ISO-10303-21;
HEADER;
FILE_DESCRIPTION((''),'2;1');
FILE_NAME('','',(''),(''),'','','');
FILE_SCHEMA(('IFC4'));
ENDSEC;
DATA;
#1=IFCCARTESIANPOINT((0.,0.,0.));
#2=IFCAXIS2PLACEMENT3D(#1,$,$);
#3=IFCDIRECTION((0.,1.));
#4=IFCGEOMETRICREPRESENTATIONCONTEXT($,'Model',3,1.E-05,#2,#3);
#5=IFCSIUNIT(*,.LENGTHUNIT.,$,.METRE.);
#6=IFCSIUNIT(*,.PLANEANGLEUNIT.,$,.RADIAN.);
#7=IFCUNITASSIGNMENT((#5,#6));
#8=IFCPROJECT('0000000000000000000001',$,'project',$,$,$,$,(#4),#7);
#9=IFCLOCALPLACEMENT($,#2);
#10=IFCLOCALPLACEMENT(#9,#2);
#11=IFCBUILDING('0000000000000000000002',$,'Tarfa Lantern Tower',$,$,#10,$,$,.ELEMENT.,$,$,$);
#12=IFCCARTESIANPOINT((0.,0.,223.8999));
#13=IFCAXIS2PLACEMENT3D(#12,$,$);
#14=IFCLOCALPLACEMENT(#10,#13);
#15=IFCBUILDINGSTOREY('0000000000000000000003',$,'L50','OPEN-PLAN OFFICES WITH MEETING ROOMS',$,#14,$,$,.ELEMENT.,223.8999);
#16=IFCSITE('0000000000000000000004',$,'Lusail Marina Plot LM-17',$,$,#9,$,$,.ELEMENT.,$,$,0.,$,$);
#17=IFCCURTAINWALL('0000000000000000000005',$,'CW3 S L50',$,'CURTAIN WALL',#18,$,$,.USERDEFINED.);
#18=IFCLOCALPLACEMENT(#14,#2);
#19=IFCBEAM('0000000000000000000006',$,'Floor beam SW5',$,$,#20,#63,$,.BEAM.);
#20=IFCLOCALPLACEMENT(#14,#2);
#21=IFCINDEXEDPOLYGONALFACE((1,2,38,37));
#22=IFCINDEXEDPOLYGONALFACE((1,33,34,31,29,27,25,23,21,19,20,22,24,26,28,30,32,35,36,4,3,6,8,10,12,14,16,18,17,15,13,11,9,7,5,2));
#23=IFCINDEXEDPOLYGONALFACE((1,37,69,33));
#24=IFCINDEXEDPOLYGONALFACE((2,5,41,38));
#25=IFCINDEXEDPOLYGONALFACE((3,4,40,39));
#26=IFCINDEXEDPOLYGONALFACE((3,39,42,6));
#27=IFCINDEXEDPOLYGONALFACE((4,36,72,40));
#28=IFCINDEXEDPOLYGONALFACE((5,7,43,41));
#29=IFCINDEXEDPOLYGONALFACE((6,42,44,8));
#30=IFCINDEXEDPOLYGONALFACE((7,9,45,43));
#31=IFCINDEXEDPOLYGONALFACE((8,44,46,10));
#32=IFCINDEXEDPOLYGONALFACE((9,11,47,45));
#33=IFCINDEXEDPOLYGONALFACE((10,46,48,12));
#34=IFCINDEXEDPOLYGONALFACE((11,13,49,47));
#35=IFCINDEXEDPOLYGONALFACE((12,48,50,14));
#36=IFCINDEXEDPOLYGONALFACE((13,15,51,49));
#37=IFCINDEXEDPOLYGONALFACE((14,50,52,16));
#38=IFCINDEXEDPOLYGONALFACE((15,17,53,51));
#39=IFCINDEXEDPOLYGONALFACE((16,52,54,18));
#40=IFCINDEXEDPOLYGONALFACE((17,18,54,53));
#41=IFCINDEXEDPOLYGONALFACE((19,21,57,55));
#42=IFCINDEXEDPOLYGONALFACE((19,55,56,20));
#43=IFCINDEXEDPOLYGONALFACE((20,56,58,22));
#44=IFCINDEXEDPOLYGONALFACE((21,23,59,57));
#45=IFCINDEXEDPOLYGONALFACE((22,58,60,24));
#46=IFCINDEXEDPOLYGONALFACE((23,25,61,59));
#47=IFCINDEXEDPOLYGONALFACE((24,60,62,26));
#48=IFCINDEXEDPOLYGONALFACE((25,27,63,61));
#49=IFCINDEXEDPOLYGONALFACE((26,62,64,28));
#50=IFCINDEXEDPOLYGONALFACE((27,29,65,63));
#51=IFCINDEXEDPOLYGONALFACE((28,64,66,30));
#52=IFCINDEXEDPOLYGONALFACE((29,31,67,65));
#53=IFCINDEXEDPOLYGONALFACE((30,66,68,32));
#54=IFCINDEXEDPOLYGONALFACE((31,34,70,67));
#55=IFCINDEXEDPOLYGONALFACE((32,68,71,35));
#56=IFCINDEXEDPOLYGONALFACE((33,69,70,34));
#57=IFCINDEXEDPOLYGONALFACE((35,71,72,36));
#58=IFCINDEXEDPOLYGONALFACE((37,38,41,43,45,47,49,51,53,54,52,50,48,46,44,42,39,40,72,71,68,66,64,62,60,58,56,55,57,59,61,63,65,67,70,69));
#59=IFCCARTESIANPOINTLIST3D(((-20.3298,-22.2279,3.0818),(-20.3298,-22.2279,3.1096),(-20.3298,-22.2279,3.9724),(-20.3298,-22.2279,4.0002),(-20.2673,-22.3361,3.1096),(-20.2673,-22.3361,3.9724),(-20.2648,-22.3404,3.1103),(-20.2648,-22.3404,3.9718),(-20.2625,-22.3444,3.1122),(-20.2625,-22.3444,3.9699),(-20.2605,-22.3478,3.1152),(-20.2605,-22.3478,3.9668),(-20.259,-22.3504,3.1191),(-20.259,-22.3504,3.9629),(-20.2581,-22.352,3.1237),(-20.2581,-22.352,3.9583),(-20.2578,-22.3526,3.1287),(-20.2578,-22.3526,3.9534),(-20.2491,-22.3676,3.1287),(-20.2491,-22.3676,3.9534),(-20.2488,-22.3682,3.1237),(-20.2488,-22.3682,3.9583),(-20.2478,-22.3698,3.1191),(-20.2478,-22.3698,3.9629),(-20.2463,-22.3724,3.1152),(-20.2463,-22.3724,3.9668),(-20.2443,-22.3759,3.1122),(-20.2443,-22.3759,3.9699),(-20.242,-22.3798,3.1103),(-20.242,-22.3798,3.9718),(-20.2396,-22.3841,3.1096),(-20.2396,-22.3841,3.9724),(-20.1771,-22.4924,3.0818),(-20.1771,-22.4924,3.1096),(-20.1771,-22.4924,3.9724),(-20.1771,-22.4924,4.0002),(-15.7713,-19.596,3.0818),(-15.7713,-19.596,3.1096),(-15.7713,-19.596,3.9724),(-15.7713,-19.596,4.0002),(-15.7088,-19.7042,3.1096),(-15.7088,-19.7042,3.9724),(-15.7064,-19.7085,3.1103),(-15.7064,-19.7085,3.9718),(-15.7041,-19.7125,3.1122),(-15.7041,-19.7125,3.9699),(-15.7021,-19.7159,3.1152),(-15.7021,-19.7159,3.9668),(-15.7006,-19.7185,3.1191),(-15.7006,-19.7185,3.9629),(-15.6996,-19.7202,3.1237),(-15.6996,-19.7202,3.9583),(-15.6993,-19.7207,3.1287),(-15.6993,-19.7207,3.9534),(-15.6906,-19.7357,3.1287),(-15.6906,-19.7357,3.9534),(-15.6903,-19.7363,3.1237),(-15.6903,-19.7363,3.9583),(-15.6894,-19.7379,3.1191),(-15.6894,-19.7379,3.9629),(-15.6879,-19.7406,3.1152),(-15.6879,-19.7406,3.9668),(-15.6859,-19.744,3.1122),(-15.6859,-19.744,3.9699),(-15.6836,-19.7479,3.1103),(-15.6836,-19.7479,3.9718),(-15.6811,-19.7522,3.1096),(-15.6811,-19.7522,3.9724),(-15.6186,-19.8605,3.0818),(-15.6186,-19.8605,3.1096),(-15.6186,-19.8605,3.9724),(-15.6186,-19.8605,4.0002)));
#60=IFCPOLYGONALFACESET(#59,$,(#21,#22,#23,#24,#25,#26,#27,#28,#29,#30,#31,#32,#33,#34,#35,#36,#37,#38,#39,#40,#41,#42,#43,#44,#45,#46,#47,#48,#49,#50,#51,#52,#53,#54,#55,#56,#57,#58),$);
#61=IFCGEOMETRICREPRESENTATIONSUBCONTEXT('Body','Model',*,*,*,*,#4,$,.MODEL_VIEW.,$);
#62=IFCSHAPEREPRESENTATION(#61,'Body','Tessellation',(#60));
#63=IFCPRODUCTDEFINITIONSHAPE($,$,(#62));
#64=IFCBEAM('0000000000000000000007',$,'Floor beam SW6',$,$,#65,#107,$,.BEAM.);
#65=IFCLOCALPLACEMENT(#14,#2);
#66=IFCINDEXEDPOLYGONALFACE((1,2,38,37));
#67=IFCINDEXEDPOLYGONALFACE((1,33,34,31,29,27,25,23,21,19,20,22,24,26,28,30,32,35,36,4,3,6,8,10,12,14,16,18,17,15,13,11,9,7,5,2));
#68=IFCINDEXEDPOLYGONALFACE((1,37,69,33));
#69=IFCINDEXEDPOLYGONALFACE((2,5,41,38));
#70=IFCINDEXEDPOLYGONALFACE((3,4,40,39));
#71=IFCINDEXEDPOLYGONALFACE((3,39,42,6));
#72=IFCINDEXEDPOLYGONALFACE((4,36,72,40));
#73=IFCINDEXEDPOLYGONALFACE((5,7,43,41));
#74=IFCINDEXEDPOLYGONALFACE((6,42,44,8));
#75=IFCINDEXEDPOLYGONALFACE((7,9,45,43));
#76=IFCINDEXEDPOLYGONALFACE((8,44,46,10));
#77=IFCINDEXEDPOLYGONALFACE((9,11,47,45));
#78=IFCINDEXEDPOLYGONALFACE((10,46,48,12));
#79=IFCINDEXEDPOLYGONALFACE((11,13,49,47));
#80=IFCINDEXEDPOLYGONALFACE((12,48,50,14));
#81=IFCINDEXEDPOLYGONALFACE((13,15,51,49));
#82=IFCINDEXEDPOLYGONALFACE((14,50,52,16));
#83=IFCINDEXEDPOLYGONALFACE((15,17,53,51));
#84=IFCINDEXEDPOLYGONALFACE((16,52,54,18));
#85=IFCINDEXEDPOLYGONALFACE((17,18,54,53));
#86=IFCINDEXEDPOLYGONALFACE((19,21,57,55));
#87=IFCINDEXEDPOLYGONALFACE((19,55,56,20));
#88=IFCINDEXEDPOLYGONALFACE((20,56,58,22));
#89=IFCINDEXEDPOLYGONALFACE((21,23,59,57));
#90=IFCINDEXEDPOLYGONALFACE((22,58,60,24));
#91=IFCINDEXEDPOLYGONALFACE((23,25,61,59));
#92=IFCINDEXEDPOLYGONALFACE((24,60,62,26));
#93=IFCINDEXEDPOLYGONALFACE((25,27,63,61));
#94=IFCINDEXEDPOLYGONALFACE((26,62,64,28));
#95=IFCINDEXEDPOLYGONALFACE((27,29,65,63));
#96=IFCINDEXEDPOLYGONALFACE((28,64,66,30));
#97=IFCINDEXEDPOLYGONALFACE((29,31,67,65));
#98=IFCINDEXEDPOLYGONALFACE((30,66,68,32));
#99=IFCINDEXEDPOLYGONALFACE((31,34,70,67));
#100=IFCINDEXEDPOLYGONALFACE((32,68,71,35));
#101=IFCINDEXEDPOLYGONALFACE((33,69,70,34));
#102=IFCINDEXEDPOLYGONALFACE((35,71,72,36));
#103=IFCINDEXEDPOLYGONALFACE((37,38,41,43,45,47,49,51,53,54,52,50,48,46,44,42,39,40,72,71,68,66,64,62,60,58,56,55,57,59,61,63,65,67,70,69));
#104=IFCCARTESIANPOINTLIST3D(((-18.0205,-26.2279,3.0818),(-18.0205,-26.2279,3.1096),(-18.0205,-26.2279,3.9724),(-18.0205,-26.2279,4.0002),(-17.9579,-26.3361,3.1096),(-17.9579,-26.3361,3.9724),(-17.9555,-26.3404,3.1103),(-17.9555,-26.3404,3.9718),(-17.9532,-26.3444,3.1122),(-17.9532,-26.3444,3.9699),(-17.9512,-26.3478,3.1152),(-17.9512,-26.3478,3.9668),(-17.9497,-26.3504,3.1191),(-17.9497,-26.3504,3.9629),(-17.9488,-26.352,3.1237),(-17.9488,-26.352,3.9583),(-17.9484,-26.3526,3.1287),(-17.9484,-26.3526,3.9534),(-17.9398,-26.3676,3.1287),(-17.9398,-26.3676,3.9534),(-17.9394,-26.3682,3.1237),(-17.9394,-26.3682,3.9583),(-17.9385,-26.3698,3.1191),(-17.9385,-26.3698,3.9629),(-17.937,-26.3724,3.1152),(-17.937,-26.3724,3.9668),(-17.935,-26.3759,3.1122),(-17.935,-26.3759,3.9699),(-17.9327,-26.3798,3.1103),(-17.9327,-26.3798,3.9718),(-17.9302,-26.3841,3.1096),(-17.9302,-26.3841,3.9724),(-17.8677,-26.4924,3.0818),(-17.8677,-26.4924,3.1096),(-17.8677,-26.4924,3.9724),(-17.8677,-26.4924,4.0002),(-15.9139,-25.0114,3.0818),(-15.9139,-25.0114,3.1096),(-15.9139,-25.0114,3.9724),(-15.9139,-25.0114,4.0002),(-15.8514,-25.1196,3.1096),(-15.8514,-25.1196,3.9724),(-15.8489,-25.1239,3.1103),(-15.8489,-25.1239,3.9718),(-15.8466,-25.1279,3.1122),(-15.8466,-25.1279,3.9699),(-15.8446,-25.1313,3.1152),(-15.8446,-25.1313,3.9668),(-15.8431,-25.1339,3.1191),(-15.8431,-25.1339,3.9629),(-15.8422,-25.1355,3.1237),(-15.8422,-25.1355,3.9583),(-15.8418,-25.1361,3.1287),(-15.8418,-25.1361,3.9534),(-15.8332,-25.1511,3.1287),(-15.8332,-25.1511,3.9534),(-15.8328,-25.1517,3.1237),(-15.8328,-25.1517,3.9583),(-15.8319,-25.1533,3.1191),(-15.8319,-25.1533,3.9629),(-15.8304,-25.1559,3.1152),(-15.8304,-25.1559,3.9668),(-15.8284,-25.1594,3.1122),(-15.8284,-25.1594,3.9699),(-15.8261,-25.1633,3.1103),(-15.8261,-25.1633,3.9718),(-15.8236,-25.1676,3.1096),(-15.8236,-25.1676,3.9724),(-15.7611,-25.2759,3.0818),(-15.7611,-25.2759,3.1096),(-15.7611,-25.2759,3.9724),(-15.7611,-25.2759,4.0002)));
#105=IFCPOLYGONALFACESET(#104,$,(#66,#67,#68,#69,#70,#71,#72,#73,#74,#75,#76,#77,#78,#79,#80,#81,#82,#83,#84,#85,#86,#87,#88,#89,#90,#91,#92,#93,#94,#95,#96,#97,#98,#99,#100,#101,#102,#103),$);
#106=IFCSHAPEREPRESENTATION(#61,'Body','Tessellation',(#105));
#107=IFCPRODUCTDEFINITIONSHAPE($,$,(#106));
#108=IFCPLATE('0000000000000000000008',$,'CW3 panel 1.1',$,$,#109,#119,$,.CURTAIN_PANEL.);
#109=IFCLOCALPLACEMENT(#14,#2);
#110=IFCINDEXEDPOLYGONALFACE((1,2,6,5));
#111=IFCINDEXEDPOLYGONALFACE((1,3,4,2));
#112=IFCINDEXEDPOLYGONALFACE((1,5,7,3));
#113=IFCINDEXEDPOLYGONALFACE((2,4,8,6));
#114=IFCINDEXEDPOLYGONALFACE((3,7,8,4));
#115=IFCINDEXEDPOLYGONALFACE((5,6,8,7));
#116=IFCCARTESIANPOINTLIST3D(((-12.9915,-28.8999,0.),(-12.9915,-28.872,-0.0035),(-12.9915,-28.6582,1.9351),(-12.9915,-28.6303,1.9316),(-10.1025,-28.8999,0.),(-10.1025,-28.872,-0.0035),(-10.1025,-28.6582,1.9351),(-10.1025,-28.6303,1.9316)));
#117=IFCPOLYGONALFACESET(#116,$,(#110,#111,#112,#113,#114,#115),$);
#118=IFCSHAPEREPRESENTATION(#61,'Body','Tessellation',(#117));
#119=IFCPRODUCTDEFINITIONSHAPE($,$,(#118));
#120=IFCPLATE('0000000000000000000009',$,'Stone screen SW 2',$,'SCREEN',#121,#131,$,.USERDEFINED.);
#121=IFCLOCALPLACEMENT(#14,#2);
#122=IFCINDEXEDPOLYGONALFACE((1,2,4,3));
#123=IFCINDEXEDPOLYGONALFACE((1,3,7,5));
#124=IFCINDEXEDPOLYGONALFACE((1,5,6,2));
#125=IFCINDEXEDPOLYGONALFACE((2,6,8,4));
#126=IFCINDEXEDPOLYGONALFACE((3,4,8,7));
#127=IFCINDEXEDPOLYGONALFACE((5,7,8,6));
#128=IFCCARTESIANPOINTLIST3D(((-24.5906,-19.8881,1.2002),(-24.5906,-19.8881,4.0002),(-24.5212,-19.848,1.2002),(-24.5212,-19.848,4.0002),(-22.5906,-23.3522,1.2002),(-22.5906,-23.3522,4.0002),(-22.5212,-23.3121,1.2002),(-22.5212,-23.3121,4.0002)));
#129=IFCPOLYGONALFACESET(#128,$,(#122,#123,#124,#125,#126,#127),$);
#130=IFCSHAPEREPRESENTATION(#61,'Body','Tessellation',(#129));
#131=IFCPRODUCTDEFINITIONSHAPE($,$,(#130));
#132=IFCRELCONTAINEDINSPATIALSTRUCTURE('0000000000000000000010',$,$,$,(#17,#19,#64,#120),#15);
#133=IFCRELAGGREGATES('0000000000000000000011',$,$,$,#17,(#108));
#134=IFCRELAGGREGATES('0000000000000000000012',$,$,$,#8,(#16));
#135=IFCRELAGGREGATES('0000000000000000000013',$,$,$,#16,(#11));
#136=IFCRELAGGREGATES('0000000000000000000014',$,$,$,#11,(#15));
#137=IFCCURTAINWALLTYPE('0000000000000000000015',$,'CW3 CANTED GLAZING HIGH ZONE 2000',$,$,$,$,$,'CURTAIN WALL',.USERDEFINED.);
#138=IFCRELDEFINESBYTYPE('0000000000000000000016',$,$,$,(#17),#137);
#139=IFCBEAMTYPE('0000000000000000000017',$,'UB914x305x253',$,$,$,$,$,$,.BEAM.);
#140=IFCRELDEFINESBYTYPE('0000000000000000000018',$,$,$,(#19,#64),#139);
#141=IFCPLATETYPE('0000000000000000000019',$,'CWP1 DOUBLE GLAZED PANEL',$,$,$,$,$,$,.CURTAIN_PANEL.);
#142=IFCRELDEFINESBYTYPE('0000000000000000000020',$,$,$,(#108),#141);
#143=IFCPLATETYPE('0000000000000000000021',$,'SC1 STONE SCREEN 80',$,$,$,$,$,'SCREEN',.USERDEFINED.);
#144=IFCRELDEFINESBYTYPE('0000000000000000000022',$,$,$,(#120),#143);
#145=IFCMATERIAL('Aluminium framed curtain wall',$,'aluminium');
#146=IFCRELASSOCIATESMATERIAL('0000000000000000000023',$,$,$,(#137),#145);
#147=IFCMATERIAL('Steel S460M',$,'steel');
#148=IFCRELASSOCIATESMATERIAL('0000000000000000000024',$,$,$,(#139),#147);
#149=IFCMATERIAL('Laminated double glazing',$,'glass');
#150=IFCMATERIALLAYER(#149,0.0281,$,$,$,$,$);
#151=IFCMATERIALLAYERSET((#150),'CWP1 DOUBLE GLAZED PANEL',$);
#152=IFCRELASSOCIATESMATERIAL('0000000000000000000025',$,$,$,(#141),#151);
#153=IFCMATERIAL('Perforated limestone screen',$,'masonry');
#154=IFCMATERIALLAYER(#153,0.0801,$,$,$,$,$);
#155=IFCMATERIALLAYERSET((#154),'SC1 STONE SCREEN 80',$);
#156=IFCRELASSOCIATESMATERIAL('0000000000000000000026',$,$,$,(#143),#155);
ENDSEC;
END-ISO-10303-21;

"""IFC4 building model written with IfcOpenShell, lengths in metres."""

from ifc_helpers import new_model, si_unit, direction, frame, origin, origin_2d, place, context, subcontext, project, spatial, polyline, rectangle, i_section, outline, extrude, material, layer, layer_set, material_profile, profile_set, type_object, element, aggregate, save


model = new_model("IFC4")

# Units and contexts
model_context = context("Model", 3, precision=1e-05, world=origin(), true_north=direction((0.0, 1.0)))
body_context = subcontext(model_context, "Body", "Model", "MODEL_VIEW")
ifc_project = project(units=[si_unit("LENGTHUNIT", "METRE"), si_unit("PLANEANGLEUNIT", "RADIAN")], contexts=[model_context])

# Site, building, storey
site_placement = place(None, origin())
site = spatial("IfcSite", under=ifc_project, at=site_placement, Name="Lusail Marina Plot LM-17", CompositionType="ELEMENT", RefElevation=0.0)
building_placement = place(site_placement, origin())
building = spatial("IfcBuilding", under=site, at=building_placement, Name="Tarfa Lantern Tower", CompositionType="ELEMENT")
storey_placement = place(building_placement, frame((0.0, 0.0, 223.8999)))
storey = spatial("IfcBuildingStorey", under=building, at=storey_placement, Name="L50", Description="OPEN-PLAN OFFICES WITH MEETING ROOMS", CompositionType="ELEMENT", Elevation=223.8999)

# Curtain wall
ifc_material_1 = material(Name="Aluminium framed curtain wall", Category="aluminium")
curtain_wall_type = type_object("IfcCurtainWallType", Name="CW3 CANTED GLAZING HIGH ZONE 2000", ElementType="CURTAIN WALL", PredefinedType="USERDEFINED", material=ifc_material_1)
curtain_wall_placement = place(storey_placement, origin())
curtain_wall = element("IfcCurtainWall", 1, at=curtain_wall_placement, inside=storey, type_object=curtain_wall_type, Name="CW3 S L50", ObjectType="CURTAIN WALL", PredefinedType="USERDEFINED")

# Beams
ifc_material_2 = material(Name="Steel S460M", Category="steel")
ifc_material_profile_1 = material_profile(ifc_material_2, i_section(OverallWidth=0.3054, OverallDepth=0.9185, WebThickness=0.0173, FlangeThickness=0.0278, FilletRadius=0.019, at=origin_2d()), Name="UB914x305x253")
ifc_profile_set_1 = profile_set([ifc_material_profile_1], Name="Steel S460M")
beam_type_1 = type_object("IfcBeamType", Name="UB914x305x253", PredefinedType="BEAM", material=ifc_profile_set_1)
beam_1_placement = place(storey_placement, frame((-20.2534, -22.3601, 3.541), z_axis=(0.86602, 0.50001, 0.0), x_axis=(-0.50001, 0.86602, 0.0)))
element("IfcBeam", 2, at=beam_1_placement, inside=storey, type_object=beam_type_1, Name="Floor beam SW5", PredefinedType="BEAM", context=body_context, shape_type="SweptSolid", body=[
    extrude(i_section(OverallWidth=0.3054, OverallDepth=0.9185, WebThickness=0.0173, FlangeThickness=0.0278, FilletRadius=0.019, at=origin_2d()), origin(), (0.0, 0.0, 1.0), 5.2637),
])
beam_2_placement = place(storey_placement, frame((-17.9441, -26.3601, 3.541), z_axis=(0.86598, 0.500079, 0.0), x_axis=(-0.500079, 0.86598, 0.0)))
element("IfcBeam", 3, at=beam_2_placement, inside=storey, type_object=beam_type_1, Name="Floor beam SW6", PredefinedType="BEAM", context=body_context, shape_type="SweptSolid", body=[
    extrude(i_section(OverallWidth=0.3054, OverallDepth=0.9185, WebThickness=0.0173, FlangeThickness=0.0278, FilletRadius=0.019, at=origin_2d()), origin(), (0.0, 0.0, 1.0), 2.4326),
])

# Plates
ifc_material_3 = material(Name="Laminated double glazing", Category="glass")
ifc_layer_1 = layer(ifc_material_3, 0.0281)
ifc_layer_set_1 = layer_set([ifc_layer_1], Name="CWP1 DOUBLE GLAZED PANEL")
plate_type_1 = type_object("IfcPlateType", Name="CWP1 DOUBLE GLAZED PANEL", PredefinedType="CURTAIN_PANEL", material=ifc_layer_set_1)
plate_1_placement = place(storey_placement, frame((-12.9915, -28.8999, 0.0), z_axis=(0.0, -0.992289, 0.123942), x_axis=(1.0, 0.0, 0.0)))
plate_1 = element("IfcPlate", 4, at=plate_1_placement, type_object=plate_type_1, Name="CW3 panel 1.1", PredefinedType="CURTAIN_PANEL", context=body_context, shape_type="SweptSolid", body=[
    extrude(outline(polyline([(0.0, 0.0), (2.8889, 0.0), (2.8889, 1.9501), (0.0, 1.9501), (0.0, 0.0)])), origin(), (0.0, 0.0, -1.0), 0.0281),
])
aggregate(curtain_wall, [plate_1])
ifc_material_4 = material(Name="Perforated limestone screen", Category="masonry")
ifc_layer_2 = layer(ifc_material_4, 0.0801)
ifc_layer_set_2 = layer_set([ifc_layer_2], Name="SC1 STONE SCREEN 80")
plate_type_2 = type_object("IfcPlateType", Name="SC1 STONE SCREEN 80", ElementType="SCREEN", PredefinedType="USERDEFINED", material=ifc_layer_set_2)
plate_2_placement = place(storey_placement, frame((-23.5559, -21.6001, 1.2002), z_axis=(0.0, 0.0, 1.0), x_axis=(0.5, -0.866025, 0.0)))
element("IfcPlate", 5, at=plate_2_placement, inside=storey, type_object=plate_type_2, Name="Stone screen SW 2", ObjectType="SCREEN", PredefinedType="USERDEFINED", context=body_context, shape_type="SweptSolid", body=[
    extrude(rectangle(XDim=4.0, YDim=0.0801, at=origin_2d()), origin(), (0.0, 0.0, 1.0), 2.8),
])

save(model, "model.ifc")
